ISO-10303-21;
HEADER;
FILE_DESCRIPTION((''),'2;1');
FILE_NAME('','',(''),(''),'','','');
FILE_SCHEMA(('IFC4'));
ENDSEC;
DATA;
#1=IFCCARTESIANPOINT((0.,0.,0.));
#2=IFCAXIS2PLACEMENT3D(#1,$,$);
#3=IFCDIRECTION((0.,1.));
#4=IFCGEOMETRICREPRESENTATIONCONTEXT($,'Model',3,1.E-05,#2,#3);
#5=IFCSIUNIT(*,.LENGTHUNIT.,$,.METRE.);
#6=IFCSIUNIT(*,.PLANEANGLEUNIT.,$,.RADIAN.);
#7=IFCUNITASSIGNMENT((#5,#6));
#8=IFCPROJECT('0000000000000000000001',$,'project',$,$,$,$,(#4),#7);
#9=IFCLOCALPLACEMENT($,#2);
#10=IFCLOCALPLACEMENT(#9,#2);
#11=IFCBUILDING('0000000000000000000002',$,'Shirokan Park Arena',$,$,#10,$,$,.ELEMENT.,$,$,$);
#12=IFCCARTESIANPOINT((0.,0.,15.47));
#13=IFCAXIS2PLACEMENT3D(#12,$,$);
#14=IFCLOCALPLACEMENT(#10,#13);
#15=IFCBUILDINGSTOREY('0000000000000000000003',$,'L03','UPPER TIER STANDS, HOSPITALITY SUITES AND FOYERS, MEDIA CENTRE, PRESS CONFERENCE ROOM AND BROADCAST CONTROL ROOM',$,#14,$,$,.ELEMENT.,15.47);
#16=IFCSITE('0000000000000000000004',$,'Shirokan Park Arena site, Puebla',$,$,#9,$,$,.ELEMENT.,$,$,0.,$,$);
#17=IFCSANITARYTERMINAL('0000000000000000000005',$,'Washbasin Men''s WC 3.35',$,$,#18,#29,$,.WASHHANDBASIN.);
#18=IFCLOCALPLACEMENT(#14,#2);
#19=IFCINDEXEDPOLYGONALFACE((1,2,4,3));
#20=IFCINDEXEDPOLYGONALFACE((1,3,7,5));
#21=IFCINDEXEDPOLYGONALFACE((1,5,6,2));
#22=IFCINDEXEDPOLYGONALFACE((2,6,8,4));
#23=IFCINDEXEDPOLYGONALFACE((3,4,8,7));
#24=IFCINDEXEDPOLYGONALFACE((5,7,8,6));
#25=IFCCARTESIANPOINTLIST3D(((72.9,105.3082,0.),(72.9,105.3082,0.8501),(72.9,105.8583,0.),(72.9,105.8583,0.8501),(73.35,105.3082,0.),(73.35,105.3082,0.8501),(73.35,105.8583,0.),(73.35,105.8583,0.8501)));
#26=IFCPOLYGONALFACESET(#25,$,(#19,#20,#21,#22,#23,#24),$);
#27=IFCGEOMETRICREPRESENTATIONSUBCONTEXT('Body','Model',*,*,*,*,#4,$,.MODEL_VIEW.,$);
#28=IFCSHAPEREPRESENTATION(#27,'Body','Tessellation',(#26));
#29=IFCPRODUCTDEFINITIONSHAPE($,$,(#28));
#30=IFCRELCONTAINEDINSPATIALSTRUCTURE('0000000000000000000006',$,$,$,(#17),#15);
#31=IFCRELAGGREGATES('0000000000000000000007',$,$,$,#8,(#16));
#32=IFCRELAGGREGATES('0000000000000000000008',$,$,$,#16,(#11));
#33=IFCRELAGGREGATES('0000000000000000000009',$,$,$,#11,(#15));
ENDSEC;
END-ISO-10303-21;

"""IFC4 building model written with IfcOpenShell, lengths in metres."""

from ifc_helpers import new_model, si_unit, direction, frame, origin, origin_2d, place, context, subcontext, project, spatial, rectangle, extrude, element, save


model = new_model("IFC4")

# Units and contexts
model_context = context("Model", 3, precision=1e-05, world=origin(), true_north=direction((0.0, 1.0)))
body_context = subcontext(model_context, "Body", "Model", "MODEL_VIEW")
ifc_project = project(units=[si_unit("LENGTHUNIT", "METRE"), si_unit("PLANEANGLEUNIT", "RADIAN")], contexts=[model_context])

# Site, building, storey
site_placement = place(None, origin())
site = spatial("IfcSite", under=ifc_project, at=site_placement, Name="Shirokan Park Arena site, Puebla", CompositionType="ELEMENT", RefElevation=0.0)
building_placement = place(site_placement, origin())
building = spatial("IfcBuilding", under=site, at=building_placement, Name="Shirokan Park Arena", CompositionType="ELEMENT")
storey_placement = place(building_placement, frame((0.0, 0.0, 15.47)))
storey = spatial("IfcBuildingStorey", under=building, at=storey_placement, Name="L03", Description="UPPER TIER STANDS, HOSPITALITY SUITES AND FOYERS, MEDIA CENTRE, PRESS CONFERENCE ROOM AND BROADCAST CONTROL ROOM", CompositionType="ELEMENT", Elevation=15.47)

# Sanitary terminal
sanitary_terminal_placement = place(storey_placement, frame((73.125, 105.5833, 0.0), z_axis=(0.0, 0.0, 1.0), x_axis=(1.0, 0.0, 0.0)))
element("IfcSanitaryTerminal", 1, at=sanitary_terminal_placement, inside=storey, Name="Washbasin Men's WC 3.35", PredefinedType="WASHHANDBASIN", context=body_context, shape_type="SweptSolid", body=[
    extrude(rectangle(XDim=0.45, YDim=0.55, at=origin_2d()), origin(), (0.0, 0.0, 1.0), 0.8501),
])

save(model, "model.ifc")
